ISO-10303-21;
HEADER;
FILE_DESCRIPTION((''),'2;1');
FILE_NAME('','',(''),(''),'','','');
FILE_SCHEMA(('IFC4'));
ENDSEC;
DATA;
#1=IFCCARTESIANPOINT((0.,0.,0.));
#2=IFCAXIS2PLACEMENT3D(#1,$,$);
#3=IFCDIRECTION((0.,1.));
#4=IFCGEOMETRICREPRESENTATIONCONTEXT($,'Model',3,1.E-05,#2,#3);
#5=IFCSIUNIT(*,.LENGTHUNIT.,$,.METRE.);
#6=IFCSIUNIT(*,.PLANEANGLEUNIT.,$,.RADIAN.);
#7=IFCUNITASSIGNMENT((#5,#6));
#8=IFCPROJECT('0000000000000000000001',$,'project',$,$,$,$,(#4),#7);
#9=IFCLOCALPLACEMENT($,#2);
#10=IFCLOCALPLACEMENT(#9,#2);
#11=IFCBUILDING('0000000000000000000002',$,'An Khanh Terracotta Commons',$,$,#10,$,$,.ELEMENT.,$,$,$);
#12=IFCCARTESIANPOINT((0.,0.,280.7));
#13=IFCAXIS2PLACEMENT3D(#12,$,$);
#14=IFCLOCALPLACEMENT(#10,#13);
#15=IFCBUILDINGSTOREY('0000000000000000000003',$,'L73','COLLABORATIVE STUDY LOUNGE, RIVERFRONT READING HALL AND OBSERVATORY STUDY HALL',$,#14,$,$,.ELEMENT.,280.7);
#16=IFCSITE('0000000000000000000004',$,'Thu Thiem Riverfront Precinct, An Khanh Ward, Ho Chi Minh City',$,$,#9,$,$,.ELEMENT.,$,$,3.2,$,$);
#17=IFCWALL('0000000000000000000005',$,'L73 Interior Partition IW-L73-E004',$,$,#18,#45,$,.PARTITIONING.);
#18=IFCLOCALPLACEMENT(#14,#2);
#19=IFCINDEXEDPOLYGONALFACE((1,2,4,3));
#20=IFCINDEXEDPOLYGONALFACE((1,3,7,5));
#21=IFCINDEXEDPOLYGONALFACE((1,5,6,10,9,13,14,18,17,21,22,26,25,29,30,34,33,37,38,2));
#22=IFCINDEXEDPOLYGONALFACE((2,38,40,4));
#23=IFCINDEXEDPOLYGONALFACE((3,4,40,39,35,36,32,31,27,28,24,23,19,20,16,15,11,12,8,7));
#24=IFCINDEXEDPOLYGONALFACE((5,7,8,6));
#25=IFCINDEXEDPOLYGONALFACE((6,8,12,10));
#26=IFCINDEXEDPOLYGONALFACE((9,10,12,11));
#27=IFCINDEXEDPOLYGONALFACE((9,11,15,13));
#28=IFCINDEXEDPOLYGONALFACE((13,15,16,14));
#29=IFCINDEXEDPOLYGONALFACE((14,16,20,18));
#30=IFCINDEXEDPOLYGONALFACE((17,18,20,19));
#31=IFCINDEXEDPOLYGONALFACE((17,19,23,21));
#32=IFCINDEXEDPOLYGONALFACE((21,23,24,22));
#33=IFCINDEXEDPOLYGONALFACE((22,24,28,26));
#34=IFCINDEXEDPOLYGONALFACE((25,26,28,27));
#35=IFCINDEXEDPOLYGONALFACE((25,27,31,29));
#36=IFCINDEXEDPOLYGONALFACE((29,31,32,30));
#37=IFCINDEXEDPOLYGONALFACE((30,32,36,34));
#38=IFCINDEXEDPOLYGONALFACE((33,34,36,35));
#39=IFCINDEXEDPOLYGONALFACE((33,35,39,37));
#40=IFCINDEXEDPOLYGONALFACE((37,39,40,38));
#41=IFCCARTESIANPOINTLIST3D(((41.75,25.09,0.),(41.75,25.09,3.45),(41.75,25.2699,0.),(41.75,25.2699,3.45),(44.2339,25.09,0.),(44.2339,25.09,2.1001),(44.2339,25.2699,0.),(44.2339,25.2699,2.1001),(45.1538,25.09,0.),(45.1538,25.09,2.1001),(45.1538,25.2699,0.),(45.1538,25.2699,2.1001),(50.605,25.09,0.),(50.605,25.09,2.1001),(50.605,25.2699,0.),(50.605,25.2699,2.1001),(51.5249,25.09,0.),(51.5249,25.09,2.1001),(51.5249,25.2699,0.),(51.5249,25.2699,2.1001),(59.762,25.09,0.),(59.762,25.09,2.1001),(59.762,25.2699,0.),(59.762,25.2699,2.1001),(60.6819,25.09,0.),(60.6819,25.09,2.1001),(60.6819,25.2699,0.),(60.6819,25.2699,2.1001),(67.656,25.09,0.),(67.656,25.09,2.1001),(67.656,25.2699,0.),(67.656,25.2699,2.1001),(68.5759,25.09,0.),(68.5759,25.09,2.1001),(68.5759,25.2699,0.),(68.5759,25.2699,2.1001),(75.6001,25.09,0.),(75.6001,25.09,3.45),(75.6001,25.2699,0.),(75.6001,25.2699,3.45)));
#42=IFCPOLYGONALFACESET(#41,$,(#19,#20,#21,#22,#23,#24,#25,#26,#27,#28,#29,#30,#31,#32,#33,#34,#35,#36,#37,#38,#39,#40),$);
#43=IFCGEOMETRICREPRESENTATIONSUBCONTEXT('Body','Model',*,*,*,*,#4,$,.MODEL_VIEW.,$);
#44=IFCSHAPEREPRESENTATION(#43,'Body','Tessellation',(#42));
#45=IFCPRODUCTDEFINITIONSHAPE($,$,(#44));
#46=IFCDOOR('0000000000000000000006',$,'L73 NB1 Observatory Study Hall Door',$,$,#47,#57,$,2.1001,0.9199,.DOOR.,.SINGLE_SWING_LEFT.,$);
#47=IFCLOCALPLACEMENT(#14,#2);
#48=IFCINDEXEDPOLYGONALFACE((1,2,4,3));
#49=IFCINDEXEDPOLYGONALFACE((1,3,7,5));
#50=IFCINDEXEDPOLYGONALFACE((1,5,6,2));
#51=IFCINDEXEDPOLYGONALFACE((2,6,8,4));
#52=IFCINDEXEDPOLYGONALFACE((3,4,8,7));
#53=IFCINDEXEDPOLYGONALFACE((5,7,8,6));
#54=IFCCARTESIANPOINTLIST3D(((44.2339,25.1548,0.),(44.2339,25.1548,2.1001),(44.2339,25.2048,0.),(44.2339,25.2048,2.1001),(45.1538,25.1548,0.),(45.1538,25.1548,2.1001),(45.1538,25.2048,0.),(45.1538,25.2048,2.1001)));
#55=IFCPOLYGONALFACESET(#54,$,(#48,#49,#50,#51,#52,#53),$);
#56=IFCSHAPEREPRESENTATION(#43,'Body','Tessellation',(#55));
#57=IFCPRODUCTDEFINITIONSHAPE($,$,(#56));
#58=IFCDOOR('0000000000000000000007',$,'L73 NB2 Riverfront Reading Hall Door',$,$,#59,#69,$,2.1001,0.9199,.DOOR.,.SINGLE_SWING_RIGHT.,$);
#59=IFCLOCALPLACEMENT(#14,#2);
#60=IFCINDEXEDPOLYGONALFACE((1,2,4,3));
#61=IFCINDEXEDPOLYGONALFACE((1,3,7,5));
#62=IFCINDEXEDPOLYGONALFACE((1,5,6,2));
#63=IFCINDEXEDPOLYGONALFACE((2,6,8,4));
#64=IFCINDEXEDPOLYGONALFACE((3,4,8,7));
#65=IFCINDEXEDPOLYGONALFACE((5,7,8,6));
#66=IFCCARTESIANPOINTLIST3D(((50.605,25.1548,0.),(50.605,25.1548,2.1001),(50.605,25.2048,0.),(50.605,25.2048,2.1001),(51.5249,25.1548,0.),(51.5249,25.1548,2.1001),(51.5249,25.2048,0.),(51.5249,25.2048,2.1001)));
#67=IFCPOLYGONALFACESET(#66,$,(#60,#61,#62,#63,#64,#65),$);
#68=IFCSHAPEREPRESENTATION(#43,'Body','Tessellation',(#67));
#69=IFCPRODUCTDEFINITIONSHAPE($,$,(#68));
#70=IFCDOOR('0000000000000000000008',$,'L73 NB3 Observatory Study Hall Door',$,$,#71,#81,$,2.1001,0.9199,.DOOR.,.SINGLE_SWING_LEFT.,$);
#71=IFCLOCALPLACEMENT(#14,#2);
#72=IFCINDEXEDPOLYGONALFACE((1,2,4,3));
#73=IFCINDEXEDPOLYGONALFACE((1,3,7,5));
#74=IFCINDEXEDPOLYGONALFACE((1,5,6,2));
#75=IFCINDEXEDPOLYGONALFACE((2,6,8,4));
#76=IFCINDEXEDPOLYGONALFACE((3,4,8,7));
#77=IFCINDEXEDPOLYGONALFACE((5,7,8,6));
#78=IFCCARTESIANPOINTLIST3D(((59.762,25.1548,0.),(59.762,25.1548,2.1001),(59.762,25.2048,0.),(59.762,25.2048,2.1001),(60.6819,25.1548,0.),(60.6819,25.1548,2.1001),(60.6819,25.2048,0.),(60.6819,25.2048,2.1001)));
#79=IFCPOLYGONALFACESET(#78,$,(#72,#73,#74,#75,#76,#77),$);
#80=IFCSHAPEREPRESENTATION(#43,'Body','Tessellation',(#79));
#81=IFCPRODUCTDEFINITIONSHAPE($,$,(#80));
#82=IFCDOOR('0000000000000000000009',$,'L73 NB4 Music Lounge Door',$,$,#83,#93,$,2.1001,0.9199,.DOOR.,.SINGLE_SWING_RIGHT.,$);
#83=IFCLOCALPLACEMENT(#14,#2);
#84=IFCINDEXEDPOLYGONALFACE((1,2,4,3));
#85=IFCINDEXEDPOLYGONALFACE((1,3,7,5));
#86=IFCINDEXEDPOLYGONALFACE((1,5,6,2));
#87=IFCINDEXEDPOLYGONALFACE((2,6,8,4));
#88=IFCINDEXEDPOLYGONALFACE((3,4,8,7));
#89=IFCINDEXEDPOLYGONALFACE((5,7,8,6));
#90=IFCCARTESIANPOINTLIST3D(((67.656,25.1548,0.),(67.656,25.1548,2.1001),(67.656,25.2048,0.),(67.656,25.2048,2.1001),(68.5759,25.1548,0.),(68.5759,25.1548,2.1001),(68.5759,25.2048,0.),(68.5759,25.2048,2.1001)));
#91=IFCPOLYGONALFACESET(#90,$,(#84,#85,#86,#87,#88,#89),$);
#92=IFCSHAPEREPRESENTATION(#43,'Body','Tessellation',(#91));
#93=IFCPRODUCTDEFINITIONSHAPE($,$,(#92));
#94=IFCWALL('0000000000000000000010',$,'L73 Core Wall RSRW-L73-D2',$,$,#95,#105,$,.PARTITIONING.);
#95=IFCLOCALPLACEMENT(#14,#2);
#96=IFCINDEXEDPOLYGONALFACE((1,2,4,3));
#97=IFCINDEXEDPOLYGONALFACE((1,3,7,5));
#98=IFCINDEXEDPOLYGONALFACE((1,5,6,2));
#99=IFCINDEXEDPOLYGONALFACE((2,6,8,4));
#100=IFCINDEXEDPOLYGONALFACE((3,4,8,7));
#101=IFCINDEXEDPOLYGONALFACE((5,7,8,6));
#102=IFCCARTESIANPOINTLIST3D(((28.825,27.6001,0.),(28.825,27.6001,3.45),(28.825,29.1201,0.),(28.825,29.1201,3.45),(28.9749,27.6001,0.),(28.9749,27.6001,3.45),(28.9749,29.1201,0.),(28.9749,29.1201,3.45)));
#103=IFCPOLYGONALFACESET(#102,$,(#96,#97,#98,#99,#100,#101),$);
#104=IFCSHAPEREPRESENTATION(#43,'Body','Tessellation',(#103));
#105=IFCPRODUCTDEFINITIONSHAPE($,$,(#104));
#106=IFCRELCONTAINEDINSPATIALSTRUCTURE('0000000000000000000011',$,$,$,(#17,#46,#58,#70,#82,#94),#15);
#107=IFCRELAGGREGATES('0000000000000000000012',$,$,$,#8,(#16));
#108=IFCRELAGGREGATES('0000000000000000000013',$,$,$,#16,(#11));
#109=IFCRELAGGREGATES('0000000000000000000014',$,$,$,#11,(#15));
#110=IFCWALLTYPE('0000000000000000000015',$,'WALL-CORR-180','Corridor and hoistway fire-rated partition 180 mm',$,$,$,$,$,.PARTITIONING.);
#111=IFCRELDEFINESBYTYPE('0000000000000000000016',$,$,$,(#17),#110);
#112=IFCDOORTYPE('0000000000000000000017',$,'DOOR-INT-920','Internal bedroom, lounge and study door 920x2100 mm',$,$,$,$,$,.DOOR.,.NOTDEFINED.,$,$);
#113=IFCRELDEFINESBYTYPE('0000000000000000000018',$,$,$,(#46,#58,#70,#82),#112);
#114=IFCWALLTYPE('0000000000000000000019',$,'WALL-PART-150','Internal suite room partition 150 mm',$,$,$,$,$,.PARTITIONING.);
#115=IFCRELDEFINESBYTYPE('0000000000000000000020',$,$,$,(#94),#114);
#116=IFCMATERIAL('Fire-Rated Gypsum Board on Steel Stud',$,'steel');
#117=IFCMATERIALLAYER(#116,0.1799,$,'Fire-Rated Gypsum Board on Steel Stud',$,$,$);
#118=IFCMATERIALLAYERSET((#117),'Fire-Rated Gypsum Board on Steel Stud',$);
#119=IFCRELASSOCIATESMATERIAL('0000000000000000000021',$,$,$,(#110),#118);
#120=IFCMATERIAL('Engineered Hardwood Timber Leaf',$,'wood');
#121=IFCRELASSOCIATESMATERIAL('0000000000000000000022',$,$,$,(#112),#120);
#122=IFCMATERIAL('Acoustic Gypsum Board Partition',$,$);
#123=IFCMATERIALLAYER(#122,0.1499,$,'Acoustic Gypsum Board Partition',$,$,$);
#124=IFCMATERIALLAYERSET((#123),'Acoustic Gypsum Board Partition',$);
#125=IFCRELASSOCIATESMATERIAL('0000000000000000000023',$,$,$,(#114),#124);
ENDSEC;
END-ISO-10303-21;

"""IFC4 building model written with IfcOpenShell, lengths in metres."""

from ifc_helpers import new_model, si_unit, direction, frame, frame_2d, origin, place, context, subcontext, project, spatial, rectangle, extrude, material, layer, layer_set, type_object, element, fill, save


model = new_model("IFC4")

# Units and contexts
model_context = context("Model", 3, precision=1e-05, world=origin(), true_north=direction((0.0, 1.0)))
body_context = subcontext(model_context, "Body", "Model", "MODEL_VIEW")
ifc_project = project(units=[si_unit("LENGTHUNIT", "METRE"), si_unit("PLANEANGLEUNIT", "RADIAN")], contexts=[model_context])

# Site, building, storey
site_placement = place(None, origin())
site = spatial("IfcSite", under=ifc_project, at=site_placement, Name="Thu Thiem Riverfront Precinct, An Khanh Ward, Ho Chi Minh City", CompositionType="ELEMENT", RefElevation=3.2)
building_placement = place(site_placement, origin())
building = spatial("IfcBuilding", under=site, at=building_placement, Name="An Khanh Terracotta Commons", CompositionType="ELEMENT")
storey_placement = place(building_placement, frame((0.0, 0.0, 280.7)))
storey = spatial("IfcBuildingStorey", under=building, at=storey_placement, Name="L73", Description="COLLABORATIVE STUDY LOUNGE, RIVERFRONT READING HALL AND OBSERVATORY STUDY HALL", CompositionType="ELEMENT", Elevation=280.7)

# Shared definitions
ifc_material_1 = material(Name="Fire-Rated Gypsum Board on Steel Stud", Category="steel")
ifc_layer_1 = layer(ifc_material_1, 0.1799, Name="Fire-Rated Gypsum Board on Steel Stud")
ifc_layer_set_1 = layer_set([ifc_layer_1], Name="Fire-Rated Gypsum Board on Steel Stud")
wall_type_1 = type_object("IfcWallType", Name="WALL-CORR-180", Description="Corridor and hoistway fire-rated partition 180 mm", PredefinedType="PARTITIONING", material=ifc_layer_set_1)

# Wall, openings, doors
ifc_material_2 = material(Name="Engineered Hardwood Timber Leaf", Category="wood")
door_type_1 = type_object("IfcDoorType", Name="DOOR-INT-920", Description="Internal bedroom, lounge and study door 920x2100 mm", OperationType="NOTDEFINED", PredefinedType="DOOR", material=ifc_material_2)
wall_1_placement = place(storey_placement, frame((41.75, 25.1799, 0.0), z_axis=(0.0, 0.0, 1.0), x_axis=(1.0, 0.0, 0.0)))
wall_1 = element("IfcWall", 1, at=wall_1_placement, inside=storey, type_object=wall_type_1, Name="L73 Interior Partition IW-L73-E004", PredefinedType="PARTITIONING", context=body_context, shape_type="SweptSolid", body=[
    extrude(rectangle(XDim=33.8501, YDim=0.1799, at=frame_2d((16.925, 0.0))), origin(), (0.0, 0.0, 1.0), 3.45),
])
opening_1_placement = place(wall_1_placement, frame((2.4839, 0.0, 0.0)))
opening_1 = element("IfcOpeningElement", 2, at=opening_1_placement, cuts=wall_1, PredefinedType="OPENING", context=body_context, shape_type="SweptSolid", body=[
    extrude(rectangle(XDim=0.9199, YDim=2.1001, at=frame_2d((0.46, 1.05))), frame((0.0, 0.0999, 0.0), z_axis=(0.0, -1.0, 0.0), x_axis=(1.0, 0.0, 0.0)), (0.0, 0.0, 1.0), 0.2),
])
opening_2_placement = place(wall_1_placement, frame((8.855, 0.0, 0.0)))
opening_2 = element("IfcOpeningElement", 3, at=opening_2_placement, cuts=wall_1, PredefinedType="OPENING", context=body_context, shape_type="SweptSolid", body=[
    extrude(rectangle(XDim=0.9199, YDim=2.1001, at=frame_2d((0.46, 1.05))), frame((0.0, 0.0999, 0.0), z_axis=(0.0, -1.0, 0.0), x_axis=(1.0, 0.0, 0.0)), (0.0, 0.0, 1.0), 0.2),
])
opening_3_placement = place(wall_1_placement, frame((18.012, 0.0, 0.0)))
opening_3 = element("IfcOpeningElement", 4, at=opening_3_placement, cuts=wall_1, PredefinedType="OPENING", context=body_context, shape_type="SweptSolid", body=[
    extrude(rectangle(XDim=0.9199, YDim=2.1001, at=frame_2d((0.46, 1.05))), frame((0.0, 0.0999, 0.0), z_axis=(0.0, -1.0, 0.0), x_axis=(1.0, 0.0, 0.0)), (0.0, 0.0, 1.0), 0.2),
])
opening_4_placement = place(wall_1_placement, frame((25.906, 0.0, 0.0)))
opening_4 = element("IfcOpeningElement", 5, at=opening_4_placement, cuts=wall_1, PredefinedType="OPENING", context=body_context, shape_type="SweptSolid", body=[
    extrude(rectangle(XDim=0.9199, YDim=2.1001, at=frame_2d((0.46, 1.05))), frame((0.0, 0.0999, 0.0), z_axis=(0.0, -1.0, 0.0), x_axis=(1.0, 0.0, 0.0)), (0.0, 0.0, 1.0), 0.2),
])
door_1_placement = place(opening_1_placement, origin())
door_1 = element("IfcDoor", 6, at=door_1_placement, inside=storey, type_object=door_type_1, Name="L73 NB1 Observatory Study Hall Door", OperationType="SINGLE_SWING_LEFT", OverallHeight=2.1001, OverallWidth=0.9199, PredefinedType="DOOR", context=body_context, shape_type="SweptSolid", body=[
    extrude(rectangle(XDim=0.9199, YDim=2.1001, at=frame_2d((0.46, 1.05))), frame((0.0, 0.0249, 0.0), z_axis=(0.0, -1.0, 0.0), x_axis=(1.0, 0.0, 0.0)), (0.0, 0.0, 1.0), 0.05),
])
fill(opening_1, door_1)
door_2_placement = place(opening_2_placement, origin())
door_2 = element("IfcDoor", 7, at=door_2_placement, inside=storey, type_object=door_type_1, Name="L73 NB2 Riverfront Reading Hall Door", OperationType="SINGLE_SWING_RIGHT", OverallHeight=2.1001, OverallWidth=0.9199, PredefinedType="DOOR", context=body_context, shape_type="SweptSolid", body=[
    extrude(rectangle(XDim=0.9199, YDim=2.1001, at=frame_2d((0.46, 1.05))), frame((0.0, 0.0249, 0.0), z_axis=(0.0, -1.0, 0.0), x_axis=(1.0, 0.0, 0.0)), (0.0, 0.0, 1.0), 0.05),
])
fill(opening_2, door_2)
door_3_placement = place(opening_3_placement, origin())
door_3 = element("IfcDoor", 8, at=door_3_placement, inside=storey, type_object=door_type_1, Name="L73 NB3 Observatory Study Hall Door", OperationType="SINGLE_SWING_LEFT", OverallHeight=2.1001, OverallWidth=0.9199, PredefinedType="DOOR", context=body_context, shape_type="SweptSolid", body=[
    extrude(rectangle(XDim=0.9199, YDim=2.1001, at=frame_2d((0.46, 1.05))), frame((0.0, 0.0249, 0.0), z_axis=(0.0, -1.0, 0.0), x_axis=(1.0, 0.0, 0.0)), (0.0, 0.0, 1.0), 0.05),
])
fill(opening_3, door_3)
door_4_placement = place(opening_4_placement, origin())
door_4 = element("IfcDoor", 9, at=door_4_placement, inside=storey, type_object=door_type_1, Name="L73 NB4 Music Lounge Door", OperationType="SINGLE_SWING_RIGHT", OverallHeight=2.1001, OverallWidth=0.9199, PredefinedType="DOOR", context=body_context, shape_type="SweptSolid", body=[
    extrude(rectangle(XDim=0.9199, YDim=2.1001, at=frame_2d((0.46, 1.05))), frame((0.0, 0.0249, 0.0), z_axis=(0.0, -1.0, 0.0), x_axis=(1.0, 0.0, 0.0)), (0.0, 0.0, 1.0), 0.05),
])
fill(opening_4, door_4)

# Wall
ifc_material_3 = material(Name="Acoustic Gypsum Board Partition")
ifc_layer_2 = layer(ifc_material_3, 0.1499, Name="Acoustic Gypsum Board Partition")
ifc_layer_set_2 = layer_set([ifc_layer_2], Name="Acoustic Gypsum Board Partition")
wall_type_2 = type_object("IfcWallType", Name="WALL-PART-150", Description="Internal suite room partition 150 mm", PredefinedType="PARTITIONING", material=ifc_layer_set_2)
wall_2_placement = place(storey_placement, frame((28.8999, 27.6001, 0.0), z_axis=(0.0, 0.0, 1.0), x_axis=(0.0, 1.0, 0.0)))
element("IfcWall", 10, at=wall_2_placement, inside=storey, type_object=wall_type_2, Name="L73 Core Wall RSRW-L73-D2", PredefinedType="PARTITIONING", context=body_context, shape_type="SweptSolid", body=[
    extrude(rectangle(XDim=1.52, YDim=0.1499, at=frame_2d((0.76, 0.0))), origin(), (0.0, 0.0, 1.0), 3.45),
])

save(model, "model.ifc")
